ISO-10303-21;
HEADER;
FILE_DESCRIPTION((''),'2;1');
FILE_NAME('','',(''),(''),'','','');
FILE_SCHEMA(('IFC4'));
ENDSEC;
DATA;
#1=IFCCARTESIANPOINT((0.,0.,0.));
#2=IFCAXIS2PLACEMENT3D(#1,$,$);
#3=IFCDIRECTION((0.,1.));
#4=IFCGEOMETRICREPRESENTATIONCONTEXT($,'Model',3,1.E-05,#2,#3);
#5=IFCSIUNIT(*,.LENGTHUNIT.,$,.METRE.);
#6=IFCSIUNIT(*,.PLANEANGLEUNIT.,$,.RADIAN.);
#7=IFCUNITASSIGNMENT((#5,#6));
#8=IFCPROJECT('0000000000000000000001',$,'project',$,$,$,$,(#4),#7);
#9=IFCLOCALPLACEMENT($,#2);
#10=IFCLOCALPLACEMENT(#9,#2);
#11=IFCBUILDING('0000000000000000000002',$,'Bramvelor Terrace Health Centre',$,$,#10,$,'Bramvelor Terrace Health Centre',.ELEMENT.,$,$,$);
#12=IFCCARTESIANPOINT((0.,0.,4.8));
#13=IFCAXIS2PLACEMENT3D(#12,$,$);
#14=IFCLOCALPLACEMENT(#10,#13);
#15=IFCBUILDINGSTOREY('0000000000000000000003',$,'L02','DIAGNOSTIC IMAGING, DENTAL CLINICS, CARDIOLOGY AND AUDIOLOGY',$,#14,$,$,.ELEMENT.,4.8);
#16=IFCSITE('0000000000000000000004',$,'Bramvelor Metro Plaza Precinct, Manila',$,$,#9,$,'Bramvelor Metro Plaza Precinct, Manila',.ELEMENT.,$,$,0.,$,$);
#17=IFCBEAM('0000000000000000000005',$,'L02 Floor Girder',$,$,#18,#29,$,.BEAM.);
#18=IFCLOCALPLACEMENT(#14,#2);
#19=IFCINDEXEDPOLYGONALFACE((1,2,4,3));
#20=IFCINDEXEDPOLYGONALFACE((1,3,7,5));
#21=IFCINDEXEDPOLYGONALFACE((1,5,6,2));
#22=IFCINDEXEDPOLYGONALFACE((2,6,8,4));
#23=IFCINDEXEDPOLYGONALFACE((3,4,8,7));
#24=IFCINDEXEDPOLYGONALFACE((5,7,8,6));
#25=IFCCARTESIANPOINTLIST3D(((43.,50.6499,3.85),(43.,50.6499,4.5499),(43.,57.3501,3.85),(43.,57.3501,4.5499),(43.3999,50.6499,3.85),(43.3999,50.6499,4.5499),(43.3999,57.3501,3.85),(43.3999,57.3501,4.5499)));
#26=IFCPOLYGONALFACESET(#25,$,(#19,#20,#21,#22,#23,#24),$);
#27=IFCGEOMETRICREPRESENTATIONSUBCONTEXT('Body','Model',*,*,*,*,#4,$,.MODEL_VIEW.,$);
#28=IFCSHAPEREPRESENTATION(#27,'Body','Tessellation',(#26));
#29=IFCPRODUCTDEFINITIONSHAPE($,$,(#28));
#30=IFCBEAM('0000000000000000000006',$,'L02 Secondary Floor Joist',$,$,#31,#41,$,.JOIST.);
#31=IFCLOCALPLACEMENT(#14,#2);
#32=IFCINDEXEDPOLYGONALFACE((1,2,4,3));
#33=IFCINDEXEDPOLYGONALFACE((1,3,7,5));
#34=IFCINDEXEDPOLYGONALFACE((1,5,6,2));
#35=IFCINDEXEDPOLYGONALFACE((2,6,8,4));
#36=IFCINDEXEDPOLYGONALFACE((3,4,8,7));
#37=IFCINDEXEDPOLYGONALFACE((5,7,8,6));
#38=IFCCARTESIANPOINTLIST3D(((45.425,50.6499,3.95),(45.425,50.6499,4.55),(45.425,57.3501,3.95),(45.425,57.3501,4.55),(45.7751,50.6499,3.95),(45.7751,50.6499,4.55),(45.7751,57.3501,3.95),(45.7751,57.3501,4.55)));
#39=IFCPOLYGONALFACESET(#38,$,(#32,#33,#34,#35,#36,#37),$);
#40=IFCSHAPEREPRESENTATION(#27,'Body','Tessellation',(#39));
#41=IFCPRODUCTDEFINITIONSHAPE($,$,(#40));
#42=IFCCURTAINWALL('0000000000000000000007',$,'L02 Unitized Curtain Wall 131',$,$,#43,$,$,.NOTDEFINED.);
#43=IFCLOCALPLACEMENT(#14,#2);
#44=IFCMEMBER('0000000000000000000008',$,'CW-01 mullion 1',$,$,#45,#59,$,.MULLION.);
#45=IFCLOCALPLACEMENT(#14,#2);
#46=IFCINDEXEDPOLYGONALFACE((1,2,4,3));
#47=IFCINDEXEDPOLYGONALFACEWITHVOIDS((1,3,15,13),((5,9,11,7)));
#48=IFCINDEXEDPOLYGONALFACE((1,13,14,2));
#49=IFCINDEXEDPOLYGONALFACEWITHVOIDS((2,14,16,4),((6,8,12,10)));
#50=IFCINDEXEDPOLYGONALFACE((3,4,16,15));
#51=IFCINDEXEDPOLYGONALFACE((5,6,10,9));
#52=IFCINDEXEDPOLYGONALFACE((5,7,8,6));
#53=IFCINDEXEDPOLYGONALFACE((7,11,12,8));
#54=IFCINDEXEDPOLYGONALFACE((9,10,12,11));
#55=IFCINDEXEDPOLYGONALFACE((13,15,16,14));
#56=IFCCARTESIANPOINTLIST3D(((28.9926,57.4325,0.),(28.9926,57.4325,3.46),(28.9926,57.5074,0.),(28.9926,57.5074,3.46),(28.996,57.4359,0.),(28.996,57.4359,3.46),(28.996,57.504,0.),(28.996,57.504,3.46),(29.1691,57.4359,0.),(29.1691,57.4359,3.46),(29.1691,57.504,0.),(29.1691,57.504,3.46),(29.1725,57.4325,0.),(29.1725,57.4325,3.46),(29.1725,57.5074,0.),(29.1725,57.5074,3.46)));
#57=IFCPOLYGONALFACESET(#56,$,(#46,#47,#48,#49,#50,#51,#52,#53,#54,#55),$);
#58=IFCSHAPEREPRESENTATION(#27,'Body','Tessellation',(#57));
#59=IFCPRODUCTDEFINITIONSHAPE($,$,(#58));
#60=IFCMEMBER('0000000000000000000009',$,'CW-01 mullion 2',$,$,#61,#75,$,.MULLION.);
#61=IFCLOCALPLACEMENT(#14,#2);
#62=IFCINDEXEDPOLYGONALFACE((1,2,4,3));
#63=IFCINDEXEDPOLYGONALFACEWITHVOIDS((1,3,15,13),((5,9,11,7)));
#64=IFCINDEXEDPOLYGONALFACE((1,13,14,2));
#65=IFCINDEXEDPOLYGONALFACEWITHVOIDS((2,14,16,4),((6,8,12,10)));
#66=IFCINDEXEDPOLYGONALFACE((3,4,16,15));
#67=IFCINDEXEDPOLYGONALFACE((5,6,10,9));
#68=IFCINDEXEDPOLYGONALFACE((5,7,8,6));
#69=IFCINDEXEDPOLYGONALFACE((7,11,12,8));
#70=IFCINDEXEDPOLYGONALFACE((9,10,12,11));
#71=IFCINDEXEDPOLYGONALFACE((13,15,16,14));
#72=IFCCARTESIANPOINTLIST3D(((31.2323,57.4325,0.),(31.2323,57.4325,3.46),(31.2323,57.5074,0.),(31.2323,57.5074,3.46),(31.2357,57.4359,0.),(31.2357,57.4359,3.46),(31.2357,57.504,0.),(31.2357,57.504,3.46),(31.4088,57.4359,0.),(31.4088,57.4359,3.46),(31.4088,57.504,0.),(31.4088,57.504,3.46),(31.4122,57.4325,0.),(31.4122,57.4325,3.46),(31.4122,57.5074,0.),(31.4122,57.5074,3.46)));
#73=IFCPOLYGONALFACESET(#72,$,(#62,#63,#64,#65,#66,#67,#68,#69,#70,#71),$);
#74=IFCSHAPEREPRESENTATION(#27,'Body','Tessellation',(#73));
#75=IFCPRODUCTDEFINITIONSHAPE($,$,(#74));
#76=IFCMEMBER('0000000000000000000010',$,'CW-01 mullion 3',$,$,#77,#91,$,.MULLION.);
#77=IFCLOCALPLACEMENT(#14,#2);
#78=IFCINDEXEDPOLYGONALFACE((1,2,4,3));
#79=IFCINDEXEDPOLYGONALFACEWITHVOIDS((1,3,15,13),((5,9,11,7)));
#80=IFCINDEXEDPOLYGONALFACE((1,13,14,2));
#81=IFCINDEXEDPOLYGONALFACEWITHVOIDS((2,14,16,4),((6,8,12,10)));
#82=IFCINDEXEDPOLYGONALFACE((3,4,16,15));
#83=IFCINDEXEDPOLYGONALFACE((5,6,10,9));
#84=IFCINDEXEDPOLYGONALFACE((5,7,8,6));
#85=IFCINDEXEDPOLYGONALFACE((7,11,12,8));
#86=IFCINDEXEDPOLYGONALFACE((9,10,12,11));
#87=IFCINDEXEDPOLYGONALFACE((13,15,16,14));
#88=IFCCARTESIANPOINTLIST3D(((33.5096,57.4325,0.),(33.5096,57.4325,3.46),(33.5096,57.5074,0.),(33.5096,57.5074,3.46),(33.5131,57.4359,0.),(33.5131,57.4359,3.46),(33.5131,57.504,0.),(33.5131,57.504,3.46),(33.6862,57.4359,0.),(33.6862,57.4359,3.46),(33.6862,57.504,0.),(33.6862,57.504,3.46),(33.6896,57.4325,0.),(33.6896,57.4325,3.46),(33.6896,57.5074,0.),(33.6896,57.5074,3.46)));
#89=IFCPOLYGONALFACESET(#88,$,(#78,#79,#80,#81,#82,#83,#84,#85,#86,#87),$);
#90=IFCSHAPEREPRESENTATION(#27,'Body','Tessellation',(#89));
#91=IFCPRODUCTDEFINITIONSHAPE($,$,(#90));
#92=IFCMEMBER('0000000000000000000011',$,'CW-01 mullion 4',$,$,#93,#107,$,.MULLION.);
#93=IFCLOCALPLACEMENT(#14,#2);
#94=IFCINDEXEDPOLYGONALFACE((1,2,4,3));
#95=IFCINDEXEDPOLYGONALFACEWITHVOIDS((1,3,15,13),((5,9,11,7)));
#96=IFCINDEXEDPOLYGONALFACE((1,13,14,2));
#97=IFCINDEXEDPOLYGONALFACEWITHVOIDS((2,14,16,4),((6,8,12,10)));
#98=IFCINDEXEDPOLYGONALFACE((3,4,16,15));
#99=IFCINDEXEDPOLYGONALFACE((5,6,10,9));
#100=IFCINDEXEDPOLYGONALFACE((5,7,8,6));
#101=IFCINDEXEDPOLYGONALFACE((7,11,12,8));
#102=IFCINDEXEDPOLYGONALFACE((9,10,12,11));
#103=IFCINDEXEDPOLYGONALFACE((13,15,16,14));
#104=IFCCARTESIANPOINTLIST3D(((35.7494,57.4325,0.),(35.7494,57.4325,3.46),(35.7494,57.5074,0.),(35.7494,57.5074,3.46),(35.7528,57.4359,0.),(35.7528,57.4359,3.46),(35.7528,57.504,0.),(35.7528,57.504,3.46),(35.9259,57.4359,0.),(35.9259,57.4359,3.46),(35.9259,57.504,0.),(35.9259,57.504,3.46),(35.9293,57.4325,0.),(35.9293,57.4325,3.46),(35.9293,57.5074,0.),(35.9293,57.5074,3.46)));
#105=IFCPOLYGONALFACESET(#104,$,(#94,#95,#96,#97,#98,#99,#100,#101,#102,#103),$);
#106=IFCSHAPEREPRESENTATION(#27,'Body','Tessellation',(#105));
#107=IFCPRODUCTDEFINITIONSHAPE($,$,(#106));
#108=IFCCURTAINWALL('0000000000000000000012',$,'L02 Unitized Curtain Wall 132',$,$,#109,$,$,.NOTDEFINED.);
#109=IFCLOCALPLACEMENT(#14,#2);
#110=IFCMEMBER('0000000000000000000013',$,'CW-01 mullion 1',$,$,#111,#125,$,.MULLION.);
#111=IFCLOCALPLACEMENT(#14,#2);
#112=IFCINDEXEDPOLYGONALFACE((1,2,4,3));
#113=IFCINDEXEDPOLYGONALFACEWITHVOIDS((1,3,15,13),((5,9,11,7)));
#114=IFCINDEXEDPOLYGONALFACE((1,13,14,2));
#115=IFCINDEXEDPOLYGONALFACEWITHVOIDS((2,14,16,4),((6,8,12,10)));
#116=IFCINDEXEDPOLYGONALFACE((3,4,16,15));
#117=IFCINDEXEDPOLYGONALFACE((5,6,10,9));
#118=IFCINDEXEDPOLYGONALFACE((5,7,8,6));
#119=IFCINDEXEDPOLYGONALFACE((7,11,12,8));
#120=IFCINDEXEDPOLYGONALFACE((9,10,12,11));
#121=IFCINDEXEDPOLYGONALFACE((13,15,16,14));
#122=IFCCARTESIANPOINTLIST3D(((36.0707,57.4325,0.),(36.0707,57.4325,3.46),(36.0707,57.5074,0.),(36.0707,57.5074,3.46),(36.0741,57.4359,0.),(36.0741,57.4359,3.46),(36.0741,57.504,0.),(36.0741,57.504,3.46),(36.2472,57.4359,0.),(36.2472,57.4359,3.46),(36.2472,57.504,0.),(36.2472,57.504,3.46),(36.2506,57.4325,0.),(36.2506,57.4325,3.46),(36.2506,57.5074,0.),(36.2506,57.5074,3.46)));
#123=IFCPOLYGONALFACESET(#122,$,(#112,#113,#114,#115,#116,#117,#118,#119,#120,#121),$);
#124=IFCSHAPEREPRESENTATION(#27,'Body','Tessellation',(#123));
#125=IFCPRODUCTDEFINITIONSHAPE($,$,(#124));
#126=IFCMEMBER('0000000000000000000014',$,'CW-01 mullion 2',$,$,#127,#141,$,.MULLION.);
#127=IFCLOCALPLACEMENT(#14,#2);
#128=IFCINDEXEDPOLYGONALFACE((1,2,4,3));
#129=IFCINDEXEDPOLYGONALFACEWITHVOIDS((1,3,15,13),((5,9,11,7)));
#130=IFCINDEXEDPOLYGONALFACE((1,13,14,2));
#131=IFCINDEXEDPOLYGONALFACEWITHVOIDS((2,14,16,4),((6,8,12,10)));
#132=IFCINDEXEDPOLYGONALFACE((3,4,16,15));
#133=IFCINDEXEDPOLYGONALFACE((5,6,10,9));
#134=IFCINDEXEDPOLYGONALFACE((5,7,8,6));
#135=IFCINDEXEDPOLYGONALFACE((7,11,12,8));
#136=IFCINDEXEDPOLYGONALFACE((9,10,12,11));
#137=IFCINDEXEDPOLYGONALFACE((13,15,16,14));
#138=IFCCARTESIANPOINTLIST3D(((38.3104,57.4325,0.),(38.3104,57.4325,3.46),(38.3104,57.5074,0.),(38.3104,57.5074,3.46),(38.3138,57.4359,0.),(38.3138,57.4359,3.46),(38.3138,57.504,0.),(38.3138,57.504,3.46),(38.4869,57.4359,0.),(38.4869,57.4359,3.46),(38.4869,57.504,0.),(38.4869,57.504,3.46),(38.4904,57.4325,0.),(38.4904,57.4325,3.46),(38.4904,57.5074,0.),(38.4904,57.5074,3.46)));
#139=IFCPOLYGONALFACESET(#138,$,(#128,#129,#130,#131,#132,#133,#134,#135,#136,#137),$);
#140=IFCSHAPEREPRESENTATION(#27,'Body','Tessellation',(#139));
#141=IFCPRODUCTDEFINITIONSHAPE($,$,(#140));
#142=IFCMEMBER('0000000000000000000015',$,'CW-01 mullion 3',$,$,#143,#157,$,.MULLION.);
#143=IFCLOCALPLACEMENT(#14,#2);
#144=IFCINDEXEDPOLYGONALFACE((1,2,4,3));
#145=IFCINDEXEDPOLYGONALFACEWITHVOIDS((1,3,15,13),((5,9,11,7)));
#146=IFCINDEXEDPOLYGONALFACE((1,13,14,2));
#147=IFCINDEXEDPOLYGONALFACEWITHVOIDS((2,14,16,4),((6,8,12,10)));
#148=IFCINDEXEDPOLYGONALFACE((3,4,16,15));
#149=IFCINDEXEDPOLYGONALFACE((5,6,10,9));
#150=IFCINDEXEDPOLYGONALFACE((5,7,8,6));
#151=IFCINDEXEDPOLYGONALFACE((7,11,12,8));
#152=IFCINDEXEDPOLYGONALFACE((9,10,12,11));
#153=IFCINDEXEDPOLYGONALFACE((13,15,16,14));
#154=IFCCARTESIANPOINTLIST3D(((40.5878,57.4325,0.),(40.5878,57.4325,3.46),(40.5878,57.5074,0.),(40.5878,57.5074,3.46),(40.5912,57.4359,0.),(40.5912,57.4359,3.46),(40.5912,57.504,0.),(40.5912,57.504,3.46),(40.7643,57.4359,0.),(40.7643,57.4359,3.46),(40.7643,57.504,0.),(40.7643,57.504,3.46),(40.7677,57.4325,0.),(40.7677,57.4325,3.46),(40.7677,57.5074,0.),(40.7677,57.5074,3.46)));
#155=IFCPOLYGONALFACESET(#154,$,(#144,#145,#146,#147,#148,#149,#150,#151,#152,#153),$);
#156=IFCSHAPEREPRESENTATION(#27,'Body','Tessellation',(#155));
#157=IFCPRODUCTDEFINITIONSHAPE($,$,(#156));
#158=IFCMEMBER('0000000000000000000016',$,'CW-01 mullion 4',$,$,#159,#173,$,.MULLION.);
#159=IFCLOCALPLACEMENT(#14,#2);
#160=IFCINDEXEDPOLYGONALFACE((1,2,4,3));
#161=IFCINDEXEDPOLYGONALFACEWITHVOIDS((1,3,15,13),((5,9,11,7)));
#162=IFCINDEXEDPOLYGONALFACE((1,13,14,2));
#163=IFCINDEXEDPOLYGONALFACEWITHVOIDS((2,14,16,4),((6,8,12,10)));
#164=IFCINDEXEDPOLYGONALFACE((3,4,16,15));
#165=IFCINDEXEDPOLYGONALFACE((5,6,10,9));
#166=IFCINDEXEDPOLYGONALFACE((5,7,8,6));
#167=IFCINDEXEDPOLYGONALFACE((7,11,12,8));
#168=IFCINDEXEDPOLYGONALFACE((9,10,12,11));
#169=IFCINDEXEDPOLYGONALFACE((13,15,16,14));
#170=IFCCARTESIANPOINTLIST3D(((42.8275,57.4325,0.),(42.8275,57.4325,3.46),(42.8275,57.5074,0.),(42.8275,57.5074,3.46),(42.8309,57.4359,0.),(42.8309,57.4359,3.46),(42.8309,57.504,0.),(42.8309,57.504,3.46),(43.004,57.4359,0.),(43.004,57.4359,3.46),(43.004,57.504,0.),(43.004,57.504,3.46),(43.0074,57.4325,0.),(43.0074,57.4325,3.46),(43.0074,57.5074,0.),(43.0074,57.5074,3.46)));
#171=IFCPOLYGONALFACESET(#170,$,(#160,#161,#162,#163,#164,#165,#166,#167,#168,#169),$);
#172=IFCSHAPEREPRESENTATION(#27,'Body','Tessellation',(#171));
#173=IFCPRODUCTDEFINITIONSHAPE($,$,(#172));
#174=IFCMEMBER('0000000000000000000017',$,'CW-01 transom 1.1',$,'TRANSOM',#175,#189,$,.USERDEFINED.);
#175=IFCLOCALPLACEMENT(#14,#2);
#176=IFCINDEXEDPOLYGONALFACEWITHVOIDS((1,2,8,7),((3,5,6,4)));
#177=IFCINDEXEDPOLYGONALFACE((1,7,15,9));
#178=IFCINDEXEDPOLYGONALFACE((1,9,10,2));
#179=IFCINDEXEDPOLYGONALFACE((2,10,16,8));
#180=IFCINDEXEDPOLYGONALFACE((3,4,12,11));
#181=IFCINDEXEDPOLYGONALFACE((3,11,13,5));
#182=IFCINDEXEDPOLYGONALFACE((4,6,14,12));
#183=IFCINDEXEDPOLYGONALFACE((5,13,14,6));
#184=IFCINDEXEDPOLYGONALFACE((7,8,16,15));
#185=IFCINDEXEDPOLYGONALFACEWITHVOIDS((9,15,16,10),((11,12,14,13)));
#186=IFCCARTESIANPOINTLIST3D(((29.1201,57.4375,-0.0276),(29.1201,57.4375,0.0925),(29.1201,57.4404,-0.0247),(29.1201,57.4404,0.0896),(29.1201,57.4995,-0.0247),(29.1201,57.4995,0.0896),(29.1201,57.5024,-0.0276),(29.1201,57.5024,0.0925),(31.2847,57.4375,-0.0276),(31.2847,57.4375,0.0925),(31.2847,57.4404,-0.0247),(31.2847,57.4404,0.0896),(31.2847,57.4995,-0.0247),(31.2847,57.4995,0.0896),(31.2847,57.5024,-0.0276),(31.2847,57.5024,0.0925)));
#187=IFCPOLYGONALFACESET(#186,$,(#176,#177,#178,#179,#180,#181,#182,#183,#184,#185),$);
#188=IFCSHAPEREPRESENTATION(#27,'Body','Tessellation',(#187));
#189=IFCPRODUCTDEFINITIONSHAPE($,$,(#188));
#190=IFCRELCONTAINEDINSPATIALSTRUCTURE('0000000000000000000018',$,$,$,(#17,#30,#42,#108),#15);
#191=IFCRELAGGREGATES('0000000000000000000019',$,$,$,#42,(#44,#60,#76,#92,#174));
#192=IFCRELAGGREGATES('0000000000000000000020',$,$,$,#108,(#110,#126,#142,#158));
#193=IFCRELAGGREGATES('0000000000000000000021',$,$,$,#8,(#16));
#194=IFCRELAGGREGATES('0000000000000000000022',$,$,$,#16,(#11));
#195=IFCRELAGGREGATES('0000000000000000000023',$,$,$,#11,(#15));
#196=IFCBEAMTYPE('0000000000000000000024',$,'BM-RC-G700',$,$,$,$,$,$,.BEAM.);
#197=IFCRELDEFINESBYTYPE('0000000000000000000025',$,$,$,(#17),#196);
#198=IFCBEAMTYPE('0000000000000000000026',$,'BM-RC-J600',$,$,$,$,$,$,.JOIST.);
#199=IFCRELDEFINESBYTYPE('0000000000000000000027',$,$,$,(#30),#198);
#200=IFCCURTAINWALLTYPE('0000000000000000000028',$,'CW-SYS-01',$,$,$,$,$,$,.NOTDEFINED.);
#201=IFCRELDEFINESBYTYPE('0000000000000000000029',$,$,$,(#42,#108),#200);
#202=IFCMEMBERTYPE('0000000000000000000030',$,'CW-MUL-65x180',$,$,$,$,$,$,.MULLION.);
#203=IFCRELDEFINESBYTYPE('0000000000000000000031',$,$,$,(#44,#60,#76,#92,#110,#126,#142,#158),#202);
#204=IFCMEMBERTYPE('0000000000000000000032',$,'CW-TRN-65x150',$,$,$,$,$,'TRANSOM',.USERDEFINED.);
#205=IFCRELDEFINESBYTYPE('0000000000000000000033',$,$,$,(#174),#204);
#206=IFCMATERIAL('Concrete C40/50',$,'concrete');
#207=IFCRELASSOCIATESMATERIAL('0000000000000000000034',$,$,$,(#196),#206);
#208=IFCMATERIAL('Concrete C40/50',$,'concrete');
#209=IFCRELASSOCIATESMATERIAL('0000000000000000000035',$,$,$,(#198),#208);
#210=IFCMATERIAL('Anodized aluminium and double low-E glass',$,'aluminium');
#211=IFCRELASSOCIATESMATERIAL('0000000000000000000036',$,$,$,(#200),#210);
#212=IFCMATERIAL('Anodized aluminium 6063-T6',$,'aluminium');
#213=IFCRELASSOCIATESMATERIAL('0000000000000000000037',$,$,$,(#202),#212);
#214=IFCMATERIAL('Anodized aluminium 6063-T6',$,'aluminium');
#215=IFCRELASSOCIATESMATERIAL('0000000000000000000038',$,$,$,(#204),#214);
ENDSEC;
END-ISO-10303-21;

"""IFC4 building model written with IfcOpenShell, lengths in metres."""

from ifc_helpers import new_model, si_unit, direction, frame, origin, origin_2d, place, context, subcontext, project, spatial, rectangle, hollow_rectangle, extrude, material, material_profile, profile_set, type_object, element, aggregate, save


model = new_model("IFC4")

# Units and contexts
model_context = context("Model", 3, precision=1e-05, world=origin(), true_north=direction((0.0, 1.0)))
body_context = subcontext(model_context, "Body", "Model", "MODEL_VIEW")
ifc_project = project(units=[si_unit("LENGTHUNIT", "METRE"), si_unit("PLANEANGLEUNIT", "RADIAN")], contexts=[model_context])

# Site, building, storey
site_placement = place(None, origin())
site = spatial("IfcSite", under=ifc_project, at=site_placement, Name="Bramvelor Metro Plaza Precinct, Manila", LongName="Bramvelor Metro Plaza Precinct, Manila", CompositionType="ELEMENT", RefElevation=0.0)
building_placement = place(site_placement, origin())
building = spatial("IfcBuilding", under=site, at=building_placement, Name="Bramvelor Terrace Health Centre", LongName="Bramvelor Terrace Health Centre", CompositionType="ELEMENT")
storey_placement = place(building_placement, frame((0.0, 0.0, 4.8)))
storey = spatial("IfcBuildingStorey", under=building, at=storey_placement, Name="L02", Description="DIAGNOSTIC IMAGING, DENTAL CLINICS, CARDIOLOGY AND AUDIOLOGY", CompositionType="ELEMENT", Elevation=4.8)

# Beams
ifc_material_1 = material(Name="Concrete C40/50", Category="concrete")
ifc_material_profile_1 = material_profile(ifc_material_1, rectangle(XDim=0.3999, YDim=0.7, at=origin_2d()), Name="RC 400x700")
ifc_profile_set_1 = profile_set([ifc_material_profile_1], Name="Concrete C40/50")
beam_type_1 = type_object("IfcBeamType", Name="BM-RC-G700", PredefinedType="BEAM", material=ifc_profile_set_1)
beam_1_placement = place(storey_placement, frame((43.2, 50.6499, 4.2), z_axis=(0.0, 1.0, 0.0), x_axis=(-1.0, 0.0, 0.0)))
element("IfcBeam", 1, at=beam_1_placement, inside=storey, type_object=beam_type_1, Name="L02 Floor Girder", PredefinedType="BEAM", context=body_context, shape_type="SweptSolid", body=[
    extrude(rectangle(XDim=0.3999, YDim=0.7, at=origin_2d()), origin(), (0.0, 0.0, 1.0), 6.7002),
])
ifc_material_2 = material(Name="Concrete C40/50", Category="concrete")
ifc_material_profile_2 = material_profile(ifc_material_2, rectangle(XDim=0.3501, YDim=0.6001, at=origin_2d()), Name="RC 350x600")
ifc_profile_set_2 = profile_set([ifc_material_profile_2], Name="Concrete C40/50")
beam_type_2 = type_object("IfcBeamType", Name="BM-RC-J600", PredefinedType="JOIST", material=ifc_profile_set_2)
beam_2_placement = place(storey_placement, frame((45.6001, 50.6499, 4.25), z_axis=(0.0, 1.0, 0.0), x_axis=(-1.0, 0.0, 0.0)))
element("IfcBeam", 2, at=beam_2_placement, inside=storey, type_object=beam_type_2, Name="L02 Secondary Floor Joist", PredefinedType="JOIST", context=body_context, shape_type="SweptSolid", body=[
    extrude(rectangle(XDim=0.3501, YDim=0.6001, at=origin_2d()), origin(), (0.0, 0.0, 1.0), 6.7002),
])

# Curtain walls, members
ifc_material_3 = material(Name="Anodized aluminium and double low-E glass", Category="aluminium")
curtain_wall_type = type_object("IfcCurtainWallType", Name="CW-SYS-01", PredefinedType="NOTDEFINED", material=ifc_material_3)
curtain_wall_1_placement = place(storey_placement, origin())
curtain_wall_1 = element("IfcCurtainWall", 3, at=curtain_wall_1_placement, inside=storey, type_object=curtain_wall_type, Name="L02 Unitized Curtain Wall 131", PredefinedType="NOTDEFINED")
ifc_material_4 = material(Name="Anodized aluminium 6063-T6", Category="aluminium")
ifc_material_profile_3 = material_profile(ifc_material_4, hollow_rectangle(XDim=0.075, YDim=0.1799, WallThickness=0.0034, at=origin_2d()), Name="ALU-MUL 75x180x3.5")
ifc_profile_set_3 = profile_set([ifc_material_profile_3], Name="Anodized aluminium 6063-T6")
member_type_1 = type_object("IfcMemberType", Name="CW-MUL-65x180", PredefinedType="MULLION", material=ifc_profile_set_3)
member_1_placement = place(storey_placement, frame((29.0825, 57.47, 0.0), z_axis=(0.0, 0.0, 1.0), x_axis=(0.0, 1.0, 0.0)))
member_1 = element("IfcMember", 4, at=member_1_placement, type_object=member_type_1, Name="CW-01 mullion 1", PredefinedType="MULLION", context=body_context, shape_type="SweptSolid", body=[
    extrude(hollow_rectangle(XDim=0.075, YDim=0.1799, WallThickness=0.0034, at=origin_2d()), origin(), (0.0, 0.0, 1.0), 3.46),
])
member_2_placement = place(storey_placement, frame((31.3223, 57.47, 0.0), z_axis=(0.0, 0.0, 1.0), x_axis=(0.0, 1.0, 0.0)))
member_2 = element("IfcMember", 5, at=member_2_placement, type_object=member_type_1, Name="CW-01 mullion 2", PredefinedType="MULLION", context=body_context, shape_type="SweptSolid", body=[
    extrude(hollow_rectangle(XDim=0.075, YDim=0.1799, WallThickness=0.0034, at=origin_2d()), origin(), (0.0, 0.0, 1.0), 3.46),
])
member_3_placement = place(storey_placement, frame((33.5996, 57.47, 0.0), z_axis=(0.0, 0.0, 1.0), x_axis=(0.0, 1.0, 0.0)))
member_3 = element("IfcMember", 6, at=member_3_placement, type_object=member_type_1, Name="CW-01 mullion 3", PredefinedType="MULLION", context=body_context, shape_type="SweptSolid", body=[
    extrude(hollow_rectangle(XDim=0.075, YDim=0.1799, WallThickness=0.0034, at=origin_2d()), origin(), (0.0, 0.0, 1.0), 3.46),
])
member_4_placement = place(storey_placement, frame((35.8394, 57.47, 0.0), z_axis=(0.0, 0.0, 1.0), x_axis=(0.0, 1.0, 0.0)))
member_4 = element("IfcMember", 7, at=member_4_placement, type_object=member_type_1, Name="CW-01 mullion 4", PredefinedType="MULLION", context=body_context, shape_type="SweptSolid", body=[
    extrude(hollow_rectangle(XDim=0.075, YDim=0.1799, WallThickness=0.0034, at=origin_2d()), origin(), (0.0, 0.0, 1.0), 3.46),
])
curtain_wall_2_placement = place(storey_placement, origin())
curtain_wall_2 = element("IfcCurtainWall", 8, at=curtain_wall_2_placement, inside=storey, type_object=curtain_wall_type, Name="L02 Unitized Curtain Wall 132", PredefinedType="NOTDEFINED")
member_5_placement = place(storey_placement, frame((36.1606, 57.47, 0.0), z_axis=(0.0, 0.0, 1.0), x_axis=(0.0, 1.0, 0.0)))
member_5 = element("IfcMember", 9, at=member_5_placement, type_object=member_type_1, Name="CW-01 mullion 1", PredefinedType="MULLION", context=body_context, shape_type="SweptSolid", body=[
    extrude(hollow_rectangle(XDim=0.075, YDim=0.1799, WallThickness=0.0034, at=origin_2d()), origin(), (0.0, 0.0, 1.0), 3.46),
])
member_6_placement = place(storey_placement, frame((38.4004, 57.47, 0.0), z_axis=(0.0, 0.0, 1.0), x_axis=(0.0, 1.0, 0.0)))
member_6 = element("IfcMember", 10, at=member_6_placement, type_object=member_type_1, Name="CW-01 mullion 2", PredefinedType="MULLION", context=body_context, shape_type="SweptSolid", body=[
    extrude(hollow_rectangle(XDim=0.075, YDim=0.1799, WallThickness=0.0034, at=origin_2d()), origin(), (0.0, 0.0, 1.0), 3.46),
])
member_7_placement = place(storey_placement, frame((40.6777, 57.47, 0.0), z_axis=(0.0, 0.0, 1.0), x_axis=(0.0, 1.0, 0.0)))
member_7 = element("IfcMember", 11, at=member_7_placement, type_object=member_type_1, Name="CW-01 mullion 3", PredefinedType="MULLION", context=body_context, shape_type="SweptSolid", body=[
    extrude(hollow_rectangle(XDim=0.075, YDim=0.1799, WallThickness=0.0034, at=origin_2d()), origin(), (0.0, 0.0, 1.0), 3.46),
])
member_8_placement = place(storey_placement, frame((42.9175, 57.47, 0.0), z_axis=(0.0, 0.0, 1.0), x_axis=(0.0, 1.0, 0.0)))
member_8 = element("IfcMember", 12, at=member_8_placement, type_object=member_type_1, Name="CW-01 mullion 4", PredefinedType="MULLION", context=body_context, shape_type="SweptSolid", body=[
    extrude(hollow_rectangle(XDim=0.075, YDim=0.1799, WallThickness=0.0034, at=origin_2d()), origin(), (0.0, 0.0, 1.0), 3.46),
])

# Member
ifc_material_5 = material(Name="Anodized aluminium 6063-T6", Category="aluminium")
ifc_material_profile_4 = material_profile(ifc_material_5, hollow_rectangle(XDim=0.0649, YDim=0.1201, WallThickness=0.0029, at=origin_2d()), Name="ALU-TRN 65x120x3.0")
ifc_profile_set_4 = profile_set([ifc_material_profile_4], Name="Anodized aluminium 6063-T6")
member_type_2 = type_object("IfcMemberType", Name="CW-TRN-65x150", ElementType="TRANSOM", PredefinedType="USERDEFINED", material=ifc_profile_set_4)
member_9_placement = place(storey_placement, frame((29.1201, 57.47, 0.0325), z_axis=(1.0, 0.0, 0.0), x_axis=(0.0, 1.0, 0.0)))
member_9 = element("IfcMember", 13, at=member_9_placement, type_object=member_type_2, Name="CW-01 transom 1.1", ObjectType="TRANSOM", PredefinedType="USERDEFINED", context=body_context, shape_type="SweptSolid", body=[
    extrude(hollow_rectangle(XDim=0.0649, YDim=0.1201, WallThickness=0.0029, at=origin_2d()), origin(), (0.0, 0.0, 1.0), 2.1646),
])

aggregate(curtain_wall_1, [member_1, member_2, member_3, member_4, member_9])
aggregate(curtain_wall_2, [member_5, member_6, member_7, member_8])

save(model, "model.ifc")
